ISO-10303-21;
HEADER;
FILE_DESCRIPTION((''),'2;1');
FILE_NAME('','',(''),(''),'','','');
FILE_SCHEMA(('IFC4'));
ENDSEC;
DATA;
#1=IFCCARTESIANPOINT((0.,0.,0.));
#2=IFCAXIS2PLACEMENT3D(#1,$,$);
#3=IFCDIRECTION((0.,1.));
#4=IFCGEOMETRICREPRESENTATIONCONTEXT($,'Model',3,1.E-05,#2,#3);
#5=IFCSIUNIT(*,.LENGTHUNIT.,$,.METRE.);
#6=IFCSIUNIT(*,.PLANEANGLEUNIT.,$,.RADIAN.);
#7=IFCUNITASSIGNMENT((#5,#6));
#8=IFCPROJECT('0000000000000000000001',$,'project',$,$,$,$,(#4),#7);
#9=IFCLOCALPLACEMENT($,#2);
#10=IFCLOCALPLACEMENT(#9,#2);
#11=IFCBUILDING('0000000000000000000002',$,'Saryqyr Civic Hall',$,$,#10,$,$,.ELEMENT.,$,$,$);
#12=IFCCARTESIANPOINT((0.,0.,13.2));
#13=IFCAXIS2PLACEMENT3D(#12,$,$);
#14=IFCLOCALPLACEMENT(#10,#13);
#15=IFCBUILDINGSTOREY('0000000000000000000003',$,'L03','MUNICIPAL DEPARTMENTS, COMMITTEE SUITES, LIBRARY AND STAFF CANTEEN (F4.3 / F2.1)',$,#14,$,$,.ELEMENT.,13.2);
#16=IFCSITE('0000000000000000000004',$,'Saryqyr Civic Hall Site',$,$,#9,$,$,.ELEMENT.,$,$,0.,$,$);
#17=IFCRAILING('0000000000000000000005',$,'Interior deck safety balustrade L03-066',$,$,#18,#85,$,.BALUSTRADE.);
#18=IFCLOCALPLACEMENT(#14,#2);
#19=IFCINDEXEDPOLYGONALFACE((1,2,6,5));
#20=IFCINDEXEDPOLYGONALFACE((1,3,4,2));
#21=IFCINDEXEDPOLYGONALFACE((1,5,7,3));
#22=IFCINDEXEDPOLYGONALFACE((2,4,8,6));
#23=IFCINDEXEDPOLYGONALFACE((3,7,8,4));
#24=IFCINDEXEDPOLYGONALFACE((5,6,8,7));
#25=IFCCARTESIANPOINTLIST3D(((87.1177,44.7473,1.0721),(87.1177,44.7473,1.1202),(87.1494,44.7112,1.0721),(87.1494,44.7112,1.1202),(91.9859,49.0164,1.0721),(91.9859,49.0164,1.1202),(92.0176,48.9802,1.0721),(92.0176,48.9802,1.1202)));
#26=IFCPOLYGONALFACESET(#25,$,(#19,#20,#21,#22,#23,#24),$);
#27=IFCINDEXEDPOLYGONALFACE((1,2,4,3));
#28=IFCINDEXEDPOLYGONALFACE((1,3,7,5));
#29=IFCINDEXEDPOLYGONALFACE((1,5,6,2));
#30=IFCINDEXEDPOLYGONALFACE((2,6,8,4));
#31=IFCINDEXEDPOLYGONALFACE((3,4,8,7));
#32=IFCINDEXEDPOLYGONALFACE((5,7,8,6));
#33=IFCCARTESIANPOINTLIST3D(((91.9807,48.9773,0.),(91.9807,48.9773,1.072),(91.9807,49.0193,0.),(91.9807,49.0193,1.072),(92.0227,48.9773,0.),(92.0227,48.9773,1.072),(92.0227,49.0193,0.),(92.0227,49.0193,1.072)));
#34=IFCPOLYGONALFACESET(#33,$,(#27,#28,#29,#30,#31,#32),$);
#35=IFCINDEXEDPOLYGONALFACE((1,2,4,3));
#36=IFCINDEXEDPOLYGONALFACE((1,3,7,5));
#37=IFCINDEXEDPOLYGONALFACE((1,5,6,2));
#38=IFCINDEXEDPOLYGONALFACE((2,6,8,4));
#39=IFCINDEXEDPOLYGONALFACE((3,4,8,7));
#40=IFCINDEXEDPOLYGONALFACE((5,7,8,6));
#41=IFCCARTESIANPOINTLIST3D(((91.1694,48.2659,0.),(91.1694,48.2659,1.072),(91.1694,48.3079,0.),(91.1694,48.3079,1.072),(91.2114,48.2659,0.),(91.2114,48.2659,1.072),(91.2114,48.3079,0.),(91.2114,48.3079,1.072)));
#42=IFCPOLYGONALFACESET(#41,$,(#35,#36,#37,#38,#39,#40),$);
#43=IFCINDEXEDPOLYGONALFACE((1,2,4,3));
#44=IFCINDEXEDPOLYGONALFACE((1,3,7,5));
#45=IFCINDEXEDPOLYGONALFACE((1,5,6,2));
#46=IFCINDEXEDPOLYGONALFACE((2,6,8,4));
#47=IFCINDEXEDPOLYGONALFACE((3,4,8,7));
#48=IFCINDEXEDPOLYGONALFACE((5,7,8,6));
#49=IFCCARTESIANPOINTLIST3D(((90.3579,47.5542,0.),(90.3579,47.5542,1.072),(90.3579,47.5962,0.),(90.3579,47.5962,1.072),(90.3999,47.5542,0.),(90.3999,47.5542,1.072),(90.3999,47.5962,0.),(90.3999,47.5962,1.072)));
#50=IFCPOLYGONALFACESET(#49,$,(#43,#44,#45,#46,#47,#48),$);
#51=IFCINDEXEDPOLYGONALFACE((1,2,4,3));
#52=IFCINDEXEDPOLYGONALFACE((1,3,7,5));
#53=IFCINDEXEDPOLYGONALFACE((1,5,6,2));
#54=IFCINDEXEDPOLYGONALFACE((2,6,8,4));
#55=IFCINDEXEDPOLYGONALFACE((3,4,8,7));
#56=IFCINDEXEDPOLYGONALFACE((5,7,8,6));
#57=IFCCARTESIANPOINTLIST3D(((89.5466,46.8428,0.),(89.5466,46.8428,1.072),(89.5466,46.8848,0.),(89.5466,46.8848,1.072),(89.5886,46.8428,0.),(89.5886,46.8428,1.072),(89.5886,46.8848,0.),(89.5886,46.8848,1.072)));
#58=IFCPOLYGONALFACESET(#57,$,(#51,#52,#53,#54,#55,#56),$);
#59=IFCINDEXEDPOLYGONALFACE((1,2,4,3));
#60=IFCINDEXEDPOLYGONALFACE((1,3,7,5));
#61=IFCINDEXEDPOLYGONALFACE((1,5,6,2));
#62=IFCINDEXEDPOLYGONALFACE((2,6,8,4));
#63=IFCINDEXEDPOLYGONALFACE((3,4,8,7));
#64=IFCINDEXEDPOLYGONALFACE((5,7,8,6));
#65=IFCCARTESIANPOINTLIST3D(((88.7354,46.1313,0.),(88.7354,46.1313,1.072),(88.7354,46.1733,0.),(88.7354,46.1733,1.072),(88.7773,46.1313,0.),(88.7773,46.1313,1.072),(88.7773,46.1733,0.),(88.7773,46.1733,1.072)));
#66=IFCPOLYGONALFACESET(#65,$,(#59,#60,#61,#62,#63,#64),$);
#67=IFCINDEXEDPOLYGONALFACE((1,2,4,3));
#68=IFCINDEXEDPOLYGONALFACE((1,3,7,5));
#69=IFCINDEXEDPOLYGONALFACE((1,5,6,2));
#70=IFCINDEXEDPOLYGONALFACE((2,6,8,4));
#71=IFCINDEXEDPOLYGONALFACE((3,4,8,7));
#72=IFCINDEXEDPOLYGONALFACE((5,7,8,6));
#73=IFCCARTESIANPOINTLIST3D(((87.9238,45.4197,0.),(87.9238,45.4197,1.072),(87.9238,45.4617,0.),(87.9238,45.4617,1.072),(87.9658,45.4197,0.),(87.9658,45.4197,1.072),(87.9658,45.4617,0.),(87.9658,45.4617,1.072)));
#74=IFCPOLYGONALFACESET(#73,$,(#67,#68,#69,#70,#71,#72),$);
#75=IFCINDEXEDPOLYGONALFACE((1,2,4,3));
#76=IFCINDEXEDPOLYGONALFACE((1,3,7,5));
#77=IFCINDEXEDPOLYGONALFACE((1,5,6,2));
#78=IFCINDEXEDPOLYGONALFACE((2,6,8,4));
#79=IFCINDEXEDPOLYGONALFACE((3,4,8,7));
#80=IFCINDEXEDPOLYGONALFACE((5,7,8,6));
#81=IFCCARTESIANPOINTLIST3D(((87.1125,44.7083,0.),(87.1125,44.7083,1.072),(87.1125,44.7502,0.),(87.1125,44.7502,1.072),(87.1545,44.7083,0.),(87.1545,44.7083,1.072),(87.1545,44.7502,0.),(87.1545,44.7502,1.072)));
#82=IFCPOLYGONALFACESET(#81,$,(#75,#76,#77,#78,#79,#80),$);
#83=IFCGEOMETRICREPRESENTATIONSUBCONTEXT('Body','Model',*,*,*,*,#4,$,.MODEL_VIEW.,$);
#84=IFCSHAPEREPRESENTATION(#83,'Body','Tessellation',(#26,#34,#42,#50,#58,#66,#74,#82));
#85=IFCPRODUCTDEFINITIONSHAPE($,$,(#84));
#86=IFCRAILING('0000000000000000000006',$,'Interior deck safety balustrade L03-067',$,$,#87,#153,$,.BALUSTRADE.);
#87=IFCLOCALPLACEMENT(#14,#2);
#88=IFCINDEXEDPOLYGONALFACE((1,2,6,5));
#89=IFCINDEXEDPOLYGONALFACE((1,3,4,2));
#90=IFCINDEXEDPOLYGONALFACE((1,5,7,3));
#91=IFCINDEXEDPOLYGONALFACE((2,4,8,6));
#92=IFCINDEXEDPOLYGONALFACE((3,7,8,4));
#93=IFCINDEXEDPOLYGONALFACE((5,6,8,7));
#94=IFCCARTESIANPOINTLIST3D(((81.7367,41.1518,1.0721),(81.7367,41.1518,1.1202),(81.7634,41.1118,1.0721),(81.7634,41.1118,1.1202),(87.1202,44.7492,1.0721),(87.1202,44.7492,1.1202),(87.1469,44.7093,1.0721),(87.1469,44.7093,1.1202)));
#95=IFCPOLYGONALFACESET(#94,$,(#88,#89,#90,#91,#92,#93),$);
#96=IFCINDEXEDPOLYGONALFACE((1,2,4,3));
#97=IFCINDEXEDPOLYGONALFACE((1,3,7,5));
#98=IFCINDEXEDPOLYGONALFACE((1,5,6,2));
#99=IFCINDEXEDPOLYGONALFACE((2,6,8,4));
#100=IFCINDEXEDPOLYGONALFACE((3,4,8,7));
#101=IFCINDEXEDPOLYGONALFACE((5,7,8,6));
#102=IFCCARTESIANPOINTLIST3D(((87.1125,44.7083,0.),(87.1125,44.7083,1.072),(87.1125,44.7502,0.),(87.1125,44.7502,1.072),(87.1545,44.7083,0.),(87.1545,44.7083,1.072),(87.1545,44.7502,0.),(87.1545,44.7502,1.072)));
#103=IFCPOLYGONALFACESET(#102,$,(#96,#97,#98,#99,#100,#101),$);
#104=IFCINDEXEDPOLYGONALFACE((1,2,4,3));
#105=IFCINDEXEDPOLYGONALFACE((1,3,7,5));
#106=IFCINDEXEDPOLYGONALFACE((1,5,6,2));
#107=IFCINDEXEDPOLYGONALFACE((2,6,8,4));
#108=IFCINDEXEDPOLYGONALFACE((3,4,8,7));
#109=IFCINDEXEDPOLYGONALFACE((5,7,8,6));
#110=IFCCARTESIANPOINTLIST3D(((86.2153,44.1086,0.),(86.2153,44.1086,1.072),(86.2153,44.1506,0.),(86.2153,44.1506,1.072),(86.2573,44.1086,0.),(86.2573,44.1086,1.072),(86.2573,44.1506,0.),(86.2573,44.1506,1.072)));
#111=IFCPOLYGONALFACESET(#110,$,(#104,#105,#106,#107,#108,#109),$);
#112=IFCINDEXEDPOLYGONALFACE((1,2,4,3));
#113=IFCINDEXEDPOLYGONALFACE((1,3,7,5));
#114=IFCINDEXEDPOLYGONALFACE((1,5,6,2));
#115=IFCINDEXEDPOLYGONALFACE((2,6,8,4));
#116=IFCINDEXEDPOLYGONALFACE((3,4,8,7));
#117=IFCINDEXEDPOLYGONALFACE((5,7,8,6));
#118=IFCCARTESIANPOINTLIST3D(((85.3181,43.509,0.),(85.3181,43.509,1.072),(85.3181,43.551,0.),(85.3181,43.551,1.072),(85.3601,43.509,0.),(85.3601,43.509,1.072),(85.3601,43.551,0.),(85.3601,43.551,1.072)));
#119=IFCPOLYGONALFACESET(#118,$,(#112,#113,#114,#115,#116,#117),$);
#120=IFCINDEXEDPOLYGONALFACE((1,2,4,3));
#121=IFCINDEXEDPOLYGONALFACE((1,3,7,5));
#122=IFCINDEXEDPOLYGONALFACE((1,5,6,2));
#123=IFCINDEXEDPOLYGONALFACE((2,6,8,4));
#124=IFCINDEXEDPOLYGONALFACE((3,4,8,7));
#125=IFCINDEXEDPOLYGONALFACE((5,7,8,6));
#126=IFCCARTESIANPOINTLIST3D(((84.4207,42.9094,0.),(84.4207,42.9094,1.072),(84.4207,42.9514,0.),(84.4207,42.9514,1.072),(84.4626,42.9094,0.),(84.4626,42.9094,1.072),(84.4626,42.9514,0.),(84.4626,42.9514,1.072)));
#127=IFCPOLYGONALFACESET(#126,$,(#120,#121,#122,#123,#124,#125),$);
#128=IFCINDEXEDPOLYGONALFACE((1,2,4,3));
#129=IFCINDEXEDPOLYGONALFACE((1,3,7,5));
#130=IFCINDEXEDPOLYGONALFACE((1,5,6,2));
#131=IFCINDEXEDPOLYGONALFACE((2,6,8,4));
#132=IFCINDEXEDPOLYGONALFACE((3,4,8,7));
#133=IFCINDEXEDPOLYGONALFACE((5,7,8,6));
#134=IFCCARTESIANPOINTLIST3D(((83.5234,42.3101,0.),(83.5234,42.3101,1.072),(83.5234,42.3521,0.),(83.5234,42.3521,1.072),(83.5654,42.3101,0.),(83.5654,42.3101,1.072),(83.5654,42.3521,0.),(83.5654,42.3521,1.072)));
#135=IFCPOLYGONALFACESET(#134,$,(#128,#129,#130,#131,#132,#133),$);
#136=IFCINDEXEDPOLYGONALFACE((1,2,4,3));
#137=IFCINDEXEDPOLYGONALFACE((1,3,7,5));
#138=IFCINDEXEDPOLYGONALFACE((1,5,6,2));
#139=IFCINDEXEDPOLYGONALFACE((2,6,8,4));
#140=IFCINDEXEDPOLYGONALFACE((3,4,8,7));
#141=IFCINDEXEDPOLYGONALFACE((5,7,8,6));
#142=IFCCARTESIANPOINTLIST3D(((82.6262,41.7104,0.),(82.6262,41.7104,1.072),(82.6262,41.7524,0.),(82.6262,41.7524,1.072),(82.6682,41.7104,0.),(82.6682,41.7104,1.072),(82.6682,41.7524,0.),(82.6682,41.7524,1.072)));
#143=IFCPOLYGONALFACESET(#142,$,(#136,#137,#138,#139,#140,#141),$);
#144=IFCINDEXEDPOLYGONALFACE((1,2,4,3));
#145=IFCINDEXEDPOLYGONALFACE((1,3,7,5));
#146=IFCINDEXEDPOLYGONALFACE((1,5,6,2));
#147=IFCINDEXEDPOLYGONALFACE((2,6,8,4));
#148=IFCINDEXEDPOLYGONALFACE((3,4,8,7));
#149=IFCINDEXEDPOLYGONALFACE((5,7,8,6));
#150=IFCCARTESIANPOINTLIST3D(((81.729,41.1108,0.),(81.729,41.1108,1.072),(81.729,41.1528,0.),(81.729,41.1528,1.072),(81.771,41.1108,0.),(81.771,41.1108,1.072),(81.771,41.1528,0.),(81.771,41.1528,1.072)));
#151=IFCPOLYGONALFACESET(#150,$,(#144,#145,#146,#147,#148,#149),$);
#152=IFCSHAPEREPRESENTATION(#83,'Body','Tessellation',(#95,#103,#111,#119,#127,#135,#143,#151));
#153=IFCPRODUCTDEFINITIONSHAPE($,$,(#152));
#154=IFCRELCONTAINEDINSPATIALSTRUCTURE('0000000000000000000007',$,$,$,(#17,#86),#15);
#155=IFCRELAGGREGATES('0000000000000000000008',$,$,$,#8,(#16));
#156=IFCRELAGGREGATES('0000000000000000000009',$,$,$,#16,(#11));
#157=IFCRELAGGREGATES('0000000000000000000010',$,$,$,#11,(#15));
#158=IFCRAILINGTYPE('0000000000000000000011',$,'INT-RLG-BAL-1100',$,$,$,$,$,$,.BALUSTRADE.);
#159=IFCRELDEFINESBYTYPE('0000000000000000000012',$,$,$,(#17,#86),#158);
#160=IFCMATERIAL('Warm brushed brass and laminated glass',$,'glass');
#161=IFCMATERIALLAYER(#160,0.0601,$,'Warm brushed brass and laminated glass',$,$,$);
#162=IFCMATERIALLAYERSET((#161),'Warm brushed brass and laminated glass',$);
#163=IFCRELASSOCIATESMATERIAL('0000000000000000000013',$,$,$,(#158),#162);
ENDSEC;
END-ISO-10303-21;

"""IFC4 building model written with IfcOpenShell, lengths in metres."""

from ifc_helpers import new_model, si_unit, direction, frame, origin, origin_2d, place, context, subcontext, project, spatial, rectangle, extrude, material, layer, layer_set, type_object, element, save


model = new_model("IFC4")

# Units and contexts
model_context = context("Model", 3, precision=1e-05, world=origin(), true_north=direction((0.0, 1.0)))
body_context = subcontext(model_context, "Body", "Model", "MODEL_VIEW")
ifc_project = project(units=[si_unit("LENGTHUNIT", "METRE"), si_unit("PLANEANGLEUNIT", "RADIAN")], contexts=[model_context])

# Site, building, storey
site_placement = place(None, origin())
site = spatial("IfcSite", under=ifc_project, at=site_placement, Name="Saryqyr Civic Hall Site", CompositionType="ELEMENT", RefElevation=0.0)
building_placement = place(site_placement, origin())
building = spatial("IfcBuilding", under=site, at=building_placement, Name="Saryqyr Civic Hall", CompositionType="ELEMENT")
storey_placement = place(building_placement, frame((0.0, 0.0, 13.2)))
storey = spatial("IfcBuildingStorey", under=building, at=storey_placement, Name="L03", Description="MUNICIPAL DEPARTMENTS, COMMITTEE SUITES, LIBRARY AND STAFF CANTEEN (F4.3 / F2.1)", CompositionType="ELEMENT", Elevation=13.2)

# Railings
ifc_material_1 = material(Name="Warm brushed brass and laminated glass", Category="glass")
ifc_layer_1 = layer(ifc_material_1, 0.0601, Name="Warm brushed brass and laminated glass")
ifc_layer_set_1 = layer_set([ifc_layer_1], Name="Warm brushed brass and laminated glass")
railing_type = type_object("IfcRailingType", Name="INT-RLG-BAL-1100", PredefinedType="BALUSTRADE", material=ifc_layer_set_1)
railing_1_placement = place(storey_placement, frame((92.0017, 48.9983, 0.0)))
element("IfcRailing", 1, at=railing_1_placement, inside=storey, type_object=railing_type, Name="Interior deck safety balustrade L03-066", PredefinedType="BALUSTRADE", context=body_context, shape_type="SweptSolid", body=[
    extrude(rectangle(XDim=0.0481, YDim=0.0481, at=origin_2d()), frame((0.0, 0.0, 1.0962), z_axis=(-0.751857, -0.659326, 0.0), x_axis=(0.659326, -0.751857, 0.0)), (0.0, 0.0, 1.0), 6.4749),
    extrude(rectangle(XDim=0.042, YDim=0.042, at=origin_2d()), origin(), (0.0, 0.0, 1.0), 1.072),
    extrude(rectangle(XDim=0.042, YDim=0.042, at=origin_2d()), frame((-0.8113, -0.7114, 0.0)), (0.0, 0.0, 1.0), 1.072),
    extrude(rectangle(XDim=0.042, YDim=0.042, at=origin_2d()), frame((-1.6228, -1.4231, 0.0)), (0.0, 0.0, 1.0), 1.072),
    extrude(rectangle(XDim=0.042, YDim=0.042, at=origin_2d()), frame((-2.4341, -2.1345, 0.0)), (0.0, 0.0, 1.0), 1.072),
    extrude(rectangle(XDim=0.042, YDim=0.042, at=origin_2d()), frame((-3.2454, -2.8459, 0.0)), (0.0, 0.0, 1.0), 1.072),
    extrude(rectangle(XDim=0.042, YDim=0.042, at=origin_2d()), frame((-4.0569, -3.5576, 0.0)), (0.0, 0.0, 1.0), 1.072),
    extrude(rectangle(XDim=0.042, YDim=0.042, at=origin_2d()), frame((-4.8682, -4.269, 0.0)), (0.0, 0.0, 1.0), 1.072),
])
railing_2_placement = place(storey_placement, frame((87.1335, 44.7292, 0.0)))
element("IfcRailing", 2, at=railing_2_placement, inside=storey, type_object=railing_type, Name="Interior deck safety balustrade L03-067", PredefinedType="BALUSTRADE", context=body_context, shape_type="SweptSolid", body=[
    extrude(rectangle(XDim=0.0481, YDim=0.0481, at=origin_2d()), frame((0.0, 0.0, 1.0962), z_axis=(-0.831452, -0.555596, 0.0), x_axis=(0.555596, -0.831452, 0.0)), (0.0, 0.0, 1.0), 6.4749),
    extrude(rectangle(XDim=0.042, YDim=0.042, at=origin_2d()), origin(), (0.0, 0.0, 1.0), 1.072),
    extrude(rectangle(XDim=0.042, YDim=0.042, at=origin_2d()), frame((-0.8972, -0.5996, 0.0)), (0.0, 0.0, 1.0), 1.072),
    extrude(rectangle(XDim=0.042, YDim=0.042, at=origin_2d()), frame((-1.7944, -1.1992, 0.0)), (0.0, 0.0, 1.0), 1.072),
    extrude(rectangle(XDim=0.042, YDim=0.042, at=origin_2d()), frame((-2.6919, -1.7988, 0.0)), (0.0, 0.0, 1.0), 1.072),
    extrude(rectangle(XDim=0.042, YDim=0.042, at=origin_2d()), frame((-3.5891, -2.3982, 0.0)), (0.0, 0.0, 1.0), 1.072),
    extrude(rectangle(XDim=0.042, YDim=0.042, at=origin_2d()), frame((-4.4863, -2.9978, 0.0)), (0.0, 0.0, 1.0), 1.072),
    extrude(rectangle(XDim=0.042, YDim=0.042, at=origin_2d()), frame((-5.3835, -3.5974, 0.0)), (0.0, 0.0, 1.0), 1.072),
])

save(model, "model.ifc")
